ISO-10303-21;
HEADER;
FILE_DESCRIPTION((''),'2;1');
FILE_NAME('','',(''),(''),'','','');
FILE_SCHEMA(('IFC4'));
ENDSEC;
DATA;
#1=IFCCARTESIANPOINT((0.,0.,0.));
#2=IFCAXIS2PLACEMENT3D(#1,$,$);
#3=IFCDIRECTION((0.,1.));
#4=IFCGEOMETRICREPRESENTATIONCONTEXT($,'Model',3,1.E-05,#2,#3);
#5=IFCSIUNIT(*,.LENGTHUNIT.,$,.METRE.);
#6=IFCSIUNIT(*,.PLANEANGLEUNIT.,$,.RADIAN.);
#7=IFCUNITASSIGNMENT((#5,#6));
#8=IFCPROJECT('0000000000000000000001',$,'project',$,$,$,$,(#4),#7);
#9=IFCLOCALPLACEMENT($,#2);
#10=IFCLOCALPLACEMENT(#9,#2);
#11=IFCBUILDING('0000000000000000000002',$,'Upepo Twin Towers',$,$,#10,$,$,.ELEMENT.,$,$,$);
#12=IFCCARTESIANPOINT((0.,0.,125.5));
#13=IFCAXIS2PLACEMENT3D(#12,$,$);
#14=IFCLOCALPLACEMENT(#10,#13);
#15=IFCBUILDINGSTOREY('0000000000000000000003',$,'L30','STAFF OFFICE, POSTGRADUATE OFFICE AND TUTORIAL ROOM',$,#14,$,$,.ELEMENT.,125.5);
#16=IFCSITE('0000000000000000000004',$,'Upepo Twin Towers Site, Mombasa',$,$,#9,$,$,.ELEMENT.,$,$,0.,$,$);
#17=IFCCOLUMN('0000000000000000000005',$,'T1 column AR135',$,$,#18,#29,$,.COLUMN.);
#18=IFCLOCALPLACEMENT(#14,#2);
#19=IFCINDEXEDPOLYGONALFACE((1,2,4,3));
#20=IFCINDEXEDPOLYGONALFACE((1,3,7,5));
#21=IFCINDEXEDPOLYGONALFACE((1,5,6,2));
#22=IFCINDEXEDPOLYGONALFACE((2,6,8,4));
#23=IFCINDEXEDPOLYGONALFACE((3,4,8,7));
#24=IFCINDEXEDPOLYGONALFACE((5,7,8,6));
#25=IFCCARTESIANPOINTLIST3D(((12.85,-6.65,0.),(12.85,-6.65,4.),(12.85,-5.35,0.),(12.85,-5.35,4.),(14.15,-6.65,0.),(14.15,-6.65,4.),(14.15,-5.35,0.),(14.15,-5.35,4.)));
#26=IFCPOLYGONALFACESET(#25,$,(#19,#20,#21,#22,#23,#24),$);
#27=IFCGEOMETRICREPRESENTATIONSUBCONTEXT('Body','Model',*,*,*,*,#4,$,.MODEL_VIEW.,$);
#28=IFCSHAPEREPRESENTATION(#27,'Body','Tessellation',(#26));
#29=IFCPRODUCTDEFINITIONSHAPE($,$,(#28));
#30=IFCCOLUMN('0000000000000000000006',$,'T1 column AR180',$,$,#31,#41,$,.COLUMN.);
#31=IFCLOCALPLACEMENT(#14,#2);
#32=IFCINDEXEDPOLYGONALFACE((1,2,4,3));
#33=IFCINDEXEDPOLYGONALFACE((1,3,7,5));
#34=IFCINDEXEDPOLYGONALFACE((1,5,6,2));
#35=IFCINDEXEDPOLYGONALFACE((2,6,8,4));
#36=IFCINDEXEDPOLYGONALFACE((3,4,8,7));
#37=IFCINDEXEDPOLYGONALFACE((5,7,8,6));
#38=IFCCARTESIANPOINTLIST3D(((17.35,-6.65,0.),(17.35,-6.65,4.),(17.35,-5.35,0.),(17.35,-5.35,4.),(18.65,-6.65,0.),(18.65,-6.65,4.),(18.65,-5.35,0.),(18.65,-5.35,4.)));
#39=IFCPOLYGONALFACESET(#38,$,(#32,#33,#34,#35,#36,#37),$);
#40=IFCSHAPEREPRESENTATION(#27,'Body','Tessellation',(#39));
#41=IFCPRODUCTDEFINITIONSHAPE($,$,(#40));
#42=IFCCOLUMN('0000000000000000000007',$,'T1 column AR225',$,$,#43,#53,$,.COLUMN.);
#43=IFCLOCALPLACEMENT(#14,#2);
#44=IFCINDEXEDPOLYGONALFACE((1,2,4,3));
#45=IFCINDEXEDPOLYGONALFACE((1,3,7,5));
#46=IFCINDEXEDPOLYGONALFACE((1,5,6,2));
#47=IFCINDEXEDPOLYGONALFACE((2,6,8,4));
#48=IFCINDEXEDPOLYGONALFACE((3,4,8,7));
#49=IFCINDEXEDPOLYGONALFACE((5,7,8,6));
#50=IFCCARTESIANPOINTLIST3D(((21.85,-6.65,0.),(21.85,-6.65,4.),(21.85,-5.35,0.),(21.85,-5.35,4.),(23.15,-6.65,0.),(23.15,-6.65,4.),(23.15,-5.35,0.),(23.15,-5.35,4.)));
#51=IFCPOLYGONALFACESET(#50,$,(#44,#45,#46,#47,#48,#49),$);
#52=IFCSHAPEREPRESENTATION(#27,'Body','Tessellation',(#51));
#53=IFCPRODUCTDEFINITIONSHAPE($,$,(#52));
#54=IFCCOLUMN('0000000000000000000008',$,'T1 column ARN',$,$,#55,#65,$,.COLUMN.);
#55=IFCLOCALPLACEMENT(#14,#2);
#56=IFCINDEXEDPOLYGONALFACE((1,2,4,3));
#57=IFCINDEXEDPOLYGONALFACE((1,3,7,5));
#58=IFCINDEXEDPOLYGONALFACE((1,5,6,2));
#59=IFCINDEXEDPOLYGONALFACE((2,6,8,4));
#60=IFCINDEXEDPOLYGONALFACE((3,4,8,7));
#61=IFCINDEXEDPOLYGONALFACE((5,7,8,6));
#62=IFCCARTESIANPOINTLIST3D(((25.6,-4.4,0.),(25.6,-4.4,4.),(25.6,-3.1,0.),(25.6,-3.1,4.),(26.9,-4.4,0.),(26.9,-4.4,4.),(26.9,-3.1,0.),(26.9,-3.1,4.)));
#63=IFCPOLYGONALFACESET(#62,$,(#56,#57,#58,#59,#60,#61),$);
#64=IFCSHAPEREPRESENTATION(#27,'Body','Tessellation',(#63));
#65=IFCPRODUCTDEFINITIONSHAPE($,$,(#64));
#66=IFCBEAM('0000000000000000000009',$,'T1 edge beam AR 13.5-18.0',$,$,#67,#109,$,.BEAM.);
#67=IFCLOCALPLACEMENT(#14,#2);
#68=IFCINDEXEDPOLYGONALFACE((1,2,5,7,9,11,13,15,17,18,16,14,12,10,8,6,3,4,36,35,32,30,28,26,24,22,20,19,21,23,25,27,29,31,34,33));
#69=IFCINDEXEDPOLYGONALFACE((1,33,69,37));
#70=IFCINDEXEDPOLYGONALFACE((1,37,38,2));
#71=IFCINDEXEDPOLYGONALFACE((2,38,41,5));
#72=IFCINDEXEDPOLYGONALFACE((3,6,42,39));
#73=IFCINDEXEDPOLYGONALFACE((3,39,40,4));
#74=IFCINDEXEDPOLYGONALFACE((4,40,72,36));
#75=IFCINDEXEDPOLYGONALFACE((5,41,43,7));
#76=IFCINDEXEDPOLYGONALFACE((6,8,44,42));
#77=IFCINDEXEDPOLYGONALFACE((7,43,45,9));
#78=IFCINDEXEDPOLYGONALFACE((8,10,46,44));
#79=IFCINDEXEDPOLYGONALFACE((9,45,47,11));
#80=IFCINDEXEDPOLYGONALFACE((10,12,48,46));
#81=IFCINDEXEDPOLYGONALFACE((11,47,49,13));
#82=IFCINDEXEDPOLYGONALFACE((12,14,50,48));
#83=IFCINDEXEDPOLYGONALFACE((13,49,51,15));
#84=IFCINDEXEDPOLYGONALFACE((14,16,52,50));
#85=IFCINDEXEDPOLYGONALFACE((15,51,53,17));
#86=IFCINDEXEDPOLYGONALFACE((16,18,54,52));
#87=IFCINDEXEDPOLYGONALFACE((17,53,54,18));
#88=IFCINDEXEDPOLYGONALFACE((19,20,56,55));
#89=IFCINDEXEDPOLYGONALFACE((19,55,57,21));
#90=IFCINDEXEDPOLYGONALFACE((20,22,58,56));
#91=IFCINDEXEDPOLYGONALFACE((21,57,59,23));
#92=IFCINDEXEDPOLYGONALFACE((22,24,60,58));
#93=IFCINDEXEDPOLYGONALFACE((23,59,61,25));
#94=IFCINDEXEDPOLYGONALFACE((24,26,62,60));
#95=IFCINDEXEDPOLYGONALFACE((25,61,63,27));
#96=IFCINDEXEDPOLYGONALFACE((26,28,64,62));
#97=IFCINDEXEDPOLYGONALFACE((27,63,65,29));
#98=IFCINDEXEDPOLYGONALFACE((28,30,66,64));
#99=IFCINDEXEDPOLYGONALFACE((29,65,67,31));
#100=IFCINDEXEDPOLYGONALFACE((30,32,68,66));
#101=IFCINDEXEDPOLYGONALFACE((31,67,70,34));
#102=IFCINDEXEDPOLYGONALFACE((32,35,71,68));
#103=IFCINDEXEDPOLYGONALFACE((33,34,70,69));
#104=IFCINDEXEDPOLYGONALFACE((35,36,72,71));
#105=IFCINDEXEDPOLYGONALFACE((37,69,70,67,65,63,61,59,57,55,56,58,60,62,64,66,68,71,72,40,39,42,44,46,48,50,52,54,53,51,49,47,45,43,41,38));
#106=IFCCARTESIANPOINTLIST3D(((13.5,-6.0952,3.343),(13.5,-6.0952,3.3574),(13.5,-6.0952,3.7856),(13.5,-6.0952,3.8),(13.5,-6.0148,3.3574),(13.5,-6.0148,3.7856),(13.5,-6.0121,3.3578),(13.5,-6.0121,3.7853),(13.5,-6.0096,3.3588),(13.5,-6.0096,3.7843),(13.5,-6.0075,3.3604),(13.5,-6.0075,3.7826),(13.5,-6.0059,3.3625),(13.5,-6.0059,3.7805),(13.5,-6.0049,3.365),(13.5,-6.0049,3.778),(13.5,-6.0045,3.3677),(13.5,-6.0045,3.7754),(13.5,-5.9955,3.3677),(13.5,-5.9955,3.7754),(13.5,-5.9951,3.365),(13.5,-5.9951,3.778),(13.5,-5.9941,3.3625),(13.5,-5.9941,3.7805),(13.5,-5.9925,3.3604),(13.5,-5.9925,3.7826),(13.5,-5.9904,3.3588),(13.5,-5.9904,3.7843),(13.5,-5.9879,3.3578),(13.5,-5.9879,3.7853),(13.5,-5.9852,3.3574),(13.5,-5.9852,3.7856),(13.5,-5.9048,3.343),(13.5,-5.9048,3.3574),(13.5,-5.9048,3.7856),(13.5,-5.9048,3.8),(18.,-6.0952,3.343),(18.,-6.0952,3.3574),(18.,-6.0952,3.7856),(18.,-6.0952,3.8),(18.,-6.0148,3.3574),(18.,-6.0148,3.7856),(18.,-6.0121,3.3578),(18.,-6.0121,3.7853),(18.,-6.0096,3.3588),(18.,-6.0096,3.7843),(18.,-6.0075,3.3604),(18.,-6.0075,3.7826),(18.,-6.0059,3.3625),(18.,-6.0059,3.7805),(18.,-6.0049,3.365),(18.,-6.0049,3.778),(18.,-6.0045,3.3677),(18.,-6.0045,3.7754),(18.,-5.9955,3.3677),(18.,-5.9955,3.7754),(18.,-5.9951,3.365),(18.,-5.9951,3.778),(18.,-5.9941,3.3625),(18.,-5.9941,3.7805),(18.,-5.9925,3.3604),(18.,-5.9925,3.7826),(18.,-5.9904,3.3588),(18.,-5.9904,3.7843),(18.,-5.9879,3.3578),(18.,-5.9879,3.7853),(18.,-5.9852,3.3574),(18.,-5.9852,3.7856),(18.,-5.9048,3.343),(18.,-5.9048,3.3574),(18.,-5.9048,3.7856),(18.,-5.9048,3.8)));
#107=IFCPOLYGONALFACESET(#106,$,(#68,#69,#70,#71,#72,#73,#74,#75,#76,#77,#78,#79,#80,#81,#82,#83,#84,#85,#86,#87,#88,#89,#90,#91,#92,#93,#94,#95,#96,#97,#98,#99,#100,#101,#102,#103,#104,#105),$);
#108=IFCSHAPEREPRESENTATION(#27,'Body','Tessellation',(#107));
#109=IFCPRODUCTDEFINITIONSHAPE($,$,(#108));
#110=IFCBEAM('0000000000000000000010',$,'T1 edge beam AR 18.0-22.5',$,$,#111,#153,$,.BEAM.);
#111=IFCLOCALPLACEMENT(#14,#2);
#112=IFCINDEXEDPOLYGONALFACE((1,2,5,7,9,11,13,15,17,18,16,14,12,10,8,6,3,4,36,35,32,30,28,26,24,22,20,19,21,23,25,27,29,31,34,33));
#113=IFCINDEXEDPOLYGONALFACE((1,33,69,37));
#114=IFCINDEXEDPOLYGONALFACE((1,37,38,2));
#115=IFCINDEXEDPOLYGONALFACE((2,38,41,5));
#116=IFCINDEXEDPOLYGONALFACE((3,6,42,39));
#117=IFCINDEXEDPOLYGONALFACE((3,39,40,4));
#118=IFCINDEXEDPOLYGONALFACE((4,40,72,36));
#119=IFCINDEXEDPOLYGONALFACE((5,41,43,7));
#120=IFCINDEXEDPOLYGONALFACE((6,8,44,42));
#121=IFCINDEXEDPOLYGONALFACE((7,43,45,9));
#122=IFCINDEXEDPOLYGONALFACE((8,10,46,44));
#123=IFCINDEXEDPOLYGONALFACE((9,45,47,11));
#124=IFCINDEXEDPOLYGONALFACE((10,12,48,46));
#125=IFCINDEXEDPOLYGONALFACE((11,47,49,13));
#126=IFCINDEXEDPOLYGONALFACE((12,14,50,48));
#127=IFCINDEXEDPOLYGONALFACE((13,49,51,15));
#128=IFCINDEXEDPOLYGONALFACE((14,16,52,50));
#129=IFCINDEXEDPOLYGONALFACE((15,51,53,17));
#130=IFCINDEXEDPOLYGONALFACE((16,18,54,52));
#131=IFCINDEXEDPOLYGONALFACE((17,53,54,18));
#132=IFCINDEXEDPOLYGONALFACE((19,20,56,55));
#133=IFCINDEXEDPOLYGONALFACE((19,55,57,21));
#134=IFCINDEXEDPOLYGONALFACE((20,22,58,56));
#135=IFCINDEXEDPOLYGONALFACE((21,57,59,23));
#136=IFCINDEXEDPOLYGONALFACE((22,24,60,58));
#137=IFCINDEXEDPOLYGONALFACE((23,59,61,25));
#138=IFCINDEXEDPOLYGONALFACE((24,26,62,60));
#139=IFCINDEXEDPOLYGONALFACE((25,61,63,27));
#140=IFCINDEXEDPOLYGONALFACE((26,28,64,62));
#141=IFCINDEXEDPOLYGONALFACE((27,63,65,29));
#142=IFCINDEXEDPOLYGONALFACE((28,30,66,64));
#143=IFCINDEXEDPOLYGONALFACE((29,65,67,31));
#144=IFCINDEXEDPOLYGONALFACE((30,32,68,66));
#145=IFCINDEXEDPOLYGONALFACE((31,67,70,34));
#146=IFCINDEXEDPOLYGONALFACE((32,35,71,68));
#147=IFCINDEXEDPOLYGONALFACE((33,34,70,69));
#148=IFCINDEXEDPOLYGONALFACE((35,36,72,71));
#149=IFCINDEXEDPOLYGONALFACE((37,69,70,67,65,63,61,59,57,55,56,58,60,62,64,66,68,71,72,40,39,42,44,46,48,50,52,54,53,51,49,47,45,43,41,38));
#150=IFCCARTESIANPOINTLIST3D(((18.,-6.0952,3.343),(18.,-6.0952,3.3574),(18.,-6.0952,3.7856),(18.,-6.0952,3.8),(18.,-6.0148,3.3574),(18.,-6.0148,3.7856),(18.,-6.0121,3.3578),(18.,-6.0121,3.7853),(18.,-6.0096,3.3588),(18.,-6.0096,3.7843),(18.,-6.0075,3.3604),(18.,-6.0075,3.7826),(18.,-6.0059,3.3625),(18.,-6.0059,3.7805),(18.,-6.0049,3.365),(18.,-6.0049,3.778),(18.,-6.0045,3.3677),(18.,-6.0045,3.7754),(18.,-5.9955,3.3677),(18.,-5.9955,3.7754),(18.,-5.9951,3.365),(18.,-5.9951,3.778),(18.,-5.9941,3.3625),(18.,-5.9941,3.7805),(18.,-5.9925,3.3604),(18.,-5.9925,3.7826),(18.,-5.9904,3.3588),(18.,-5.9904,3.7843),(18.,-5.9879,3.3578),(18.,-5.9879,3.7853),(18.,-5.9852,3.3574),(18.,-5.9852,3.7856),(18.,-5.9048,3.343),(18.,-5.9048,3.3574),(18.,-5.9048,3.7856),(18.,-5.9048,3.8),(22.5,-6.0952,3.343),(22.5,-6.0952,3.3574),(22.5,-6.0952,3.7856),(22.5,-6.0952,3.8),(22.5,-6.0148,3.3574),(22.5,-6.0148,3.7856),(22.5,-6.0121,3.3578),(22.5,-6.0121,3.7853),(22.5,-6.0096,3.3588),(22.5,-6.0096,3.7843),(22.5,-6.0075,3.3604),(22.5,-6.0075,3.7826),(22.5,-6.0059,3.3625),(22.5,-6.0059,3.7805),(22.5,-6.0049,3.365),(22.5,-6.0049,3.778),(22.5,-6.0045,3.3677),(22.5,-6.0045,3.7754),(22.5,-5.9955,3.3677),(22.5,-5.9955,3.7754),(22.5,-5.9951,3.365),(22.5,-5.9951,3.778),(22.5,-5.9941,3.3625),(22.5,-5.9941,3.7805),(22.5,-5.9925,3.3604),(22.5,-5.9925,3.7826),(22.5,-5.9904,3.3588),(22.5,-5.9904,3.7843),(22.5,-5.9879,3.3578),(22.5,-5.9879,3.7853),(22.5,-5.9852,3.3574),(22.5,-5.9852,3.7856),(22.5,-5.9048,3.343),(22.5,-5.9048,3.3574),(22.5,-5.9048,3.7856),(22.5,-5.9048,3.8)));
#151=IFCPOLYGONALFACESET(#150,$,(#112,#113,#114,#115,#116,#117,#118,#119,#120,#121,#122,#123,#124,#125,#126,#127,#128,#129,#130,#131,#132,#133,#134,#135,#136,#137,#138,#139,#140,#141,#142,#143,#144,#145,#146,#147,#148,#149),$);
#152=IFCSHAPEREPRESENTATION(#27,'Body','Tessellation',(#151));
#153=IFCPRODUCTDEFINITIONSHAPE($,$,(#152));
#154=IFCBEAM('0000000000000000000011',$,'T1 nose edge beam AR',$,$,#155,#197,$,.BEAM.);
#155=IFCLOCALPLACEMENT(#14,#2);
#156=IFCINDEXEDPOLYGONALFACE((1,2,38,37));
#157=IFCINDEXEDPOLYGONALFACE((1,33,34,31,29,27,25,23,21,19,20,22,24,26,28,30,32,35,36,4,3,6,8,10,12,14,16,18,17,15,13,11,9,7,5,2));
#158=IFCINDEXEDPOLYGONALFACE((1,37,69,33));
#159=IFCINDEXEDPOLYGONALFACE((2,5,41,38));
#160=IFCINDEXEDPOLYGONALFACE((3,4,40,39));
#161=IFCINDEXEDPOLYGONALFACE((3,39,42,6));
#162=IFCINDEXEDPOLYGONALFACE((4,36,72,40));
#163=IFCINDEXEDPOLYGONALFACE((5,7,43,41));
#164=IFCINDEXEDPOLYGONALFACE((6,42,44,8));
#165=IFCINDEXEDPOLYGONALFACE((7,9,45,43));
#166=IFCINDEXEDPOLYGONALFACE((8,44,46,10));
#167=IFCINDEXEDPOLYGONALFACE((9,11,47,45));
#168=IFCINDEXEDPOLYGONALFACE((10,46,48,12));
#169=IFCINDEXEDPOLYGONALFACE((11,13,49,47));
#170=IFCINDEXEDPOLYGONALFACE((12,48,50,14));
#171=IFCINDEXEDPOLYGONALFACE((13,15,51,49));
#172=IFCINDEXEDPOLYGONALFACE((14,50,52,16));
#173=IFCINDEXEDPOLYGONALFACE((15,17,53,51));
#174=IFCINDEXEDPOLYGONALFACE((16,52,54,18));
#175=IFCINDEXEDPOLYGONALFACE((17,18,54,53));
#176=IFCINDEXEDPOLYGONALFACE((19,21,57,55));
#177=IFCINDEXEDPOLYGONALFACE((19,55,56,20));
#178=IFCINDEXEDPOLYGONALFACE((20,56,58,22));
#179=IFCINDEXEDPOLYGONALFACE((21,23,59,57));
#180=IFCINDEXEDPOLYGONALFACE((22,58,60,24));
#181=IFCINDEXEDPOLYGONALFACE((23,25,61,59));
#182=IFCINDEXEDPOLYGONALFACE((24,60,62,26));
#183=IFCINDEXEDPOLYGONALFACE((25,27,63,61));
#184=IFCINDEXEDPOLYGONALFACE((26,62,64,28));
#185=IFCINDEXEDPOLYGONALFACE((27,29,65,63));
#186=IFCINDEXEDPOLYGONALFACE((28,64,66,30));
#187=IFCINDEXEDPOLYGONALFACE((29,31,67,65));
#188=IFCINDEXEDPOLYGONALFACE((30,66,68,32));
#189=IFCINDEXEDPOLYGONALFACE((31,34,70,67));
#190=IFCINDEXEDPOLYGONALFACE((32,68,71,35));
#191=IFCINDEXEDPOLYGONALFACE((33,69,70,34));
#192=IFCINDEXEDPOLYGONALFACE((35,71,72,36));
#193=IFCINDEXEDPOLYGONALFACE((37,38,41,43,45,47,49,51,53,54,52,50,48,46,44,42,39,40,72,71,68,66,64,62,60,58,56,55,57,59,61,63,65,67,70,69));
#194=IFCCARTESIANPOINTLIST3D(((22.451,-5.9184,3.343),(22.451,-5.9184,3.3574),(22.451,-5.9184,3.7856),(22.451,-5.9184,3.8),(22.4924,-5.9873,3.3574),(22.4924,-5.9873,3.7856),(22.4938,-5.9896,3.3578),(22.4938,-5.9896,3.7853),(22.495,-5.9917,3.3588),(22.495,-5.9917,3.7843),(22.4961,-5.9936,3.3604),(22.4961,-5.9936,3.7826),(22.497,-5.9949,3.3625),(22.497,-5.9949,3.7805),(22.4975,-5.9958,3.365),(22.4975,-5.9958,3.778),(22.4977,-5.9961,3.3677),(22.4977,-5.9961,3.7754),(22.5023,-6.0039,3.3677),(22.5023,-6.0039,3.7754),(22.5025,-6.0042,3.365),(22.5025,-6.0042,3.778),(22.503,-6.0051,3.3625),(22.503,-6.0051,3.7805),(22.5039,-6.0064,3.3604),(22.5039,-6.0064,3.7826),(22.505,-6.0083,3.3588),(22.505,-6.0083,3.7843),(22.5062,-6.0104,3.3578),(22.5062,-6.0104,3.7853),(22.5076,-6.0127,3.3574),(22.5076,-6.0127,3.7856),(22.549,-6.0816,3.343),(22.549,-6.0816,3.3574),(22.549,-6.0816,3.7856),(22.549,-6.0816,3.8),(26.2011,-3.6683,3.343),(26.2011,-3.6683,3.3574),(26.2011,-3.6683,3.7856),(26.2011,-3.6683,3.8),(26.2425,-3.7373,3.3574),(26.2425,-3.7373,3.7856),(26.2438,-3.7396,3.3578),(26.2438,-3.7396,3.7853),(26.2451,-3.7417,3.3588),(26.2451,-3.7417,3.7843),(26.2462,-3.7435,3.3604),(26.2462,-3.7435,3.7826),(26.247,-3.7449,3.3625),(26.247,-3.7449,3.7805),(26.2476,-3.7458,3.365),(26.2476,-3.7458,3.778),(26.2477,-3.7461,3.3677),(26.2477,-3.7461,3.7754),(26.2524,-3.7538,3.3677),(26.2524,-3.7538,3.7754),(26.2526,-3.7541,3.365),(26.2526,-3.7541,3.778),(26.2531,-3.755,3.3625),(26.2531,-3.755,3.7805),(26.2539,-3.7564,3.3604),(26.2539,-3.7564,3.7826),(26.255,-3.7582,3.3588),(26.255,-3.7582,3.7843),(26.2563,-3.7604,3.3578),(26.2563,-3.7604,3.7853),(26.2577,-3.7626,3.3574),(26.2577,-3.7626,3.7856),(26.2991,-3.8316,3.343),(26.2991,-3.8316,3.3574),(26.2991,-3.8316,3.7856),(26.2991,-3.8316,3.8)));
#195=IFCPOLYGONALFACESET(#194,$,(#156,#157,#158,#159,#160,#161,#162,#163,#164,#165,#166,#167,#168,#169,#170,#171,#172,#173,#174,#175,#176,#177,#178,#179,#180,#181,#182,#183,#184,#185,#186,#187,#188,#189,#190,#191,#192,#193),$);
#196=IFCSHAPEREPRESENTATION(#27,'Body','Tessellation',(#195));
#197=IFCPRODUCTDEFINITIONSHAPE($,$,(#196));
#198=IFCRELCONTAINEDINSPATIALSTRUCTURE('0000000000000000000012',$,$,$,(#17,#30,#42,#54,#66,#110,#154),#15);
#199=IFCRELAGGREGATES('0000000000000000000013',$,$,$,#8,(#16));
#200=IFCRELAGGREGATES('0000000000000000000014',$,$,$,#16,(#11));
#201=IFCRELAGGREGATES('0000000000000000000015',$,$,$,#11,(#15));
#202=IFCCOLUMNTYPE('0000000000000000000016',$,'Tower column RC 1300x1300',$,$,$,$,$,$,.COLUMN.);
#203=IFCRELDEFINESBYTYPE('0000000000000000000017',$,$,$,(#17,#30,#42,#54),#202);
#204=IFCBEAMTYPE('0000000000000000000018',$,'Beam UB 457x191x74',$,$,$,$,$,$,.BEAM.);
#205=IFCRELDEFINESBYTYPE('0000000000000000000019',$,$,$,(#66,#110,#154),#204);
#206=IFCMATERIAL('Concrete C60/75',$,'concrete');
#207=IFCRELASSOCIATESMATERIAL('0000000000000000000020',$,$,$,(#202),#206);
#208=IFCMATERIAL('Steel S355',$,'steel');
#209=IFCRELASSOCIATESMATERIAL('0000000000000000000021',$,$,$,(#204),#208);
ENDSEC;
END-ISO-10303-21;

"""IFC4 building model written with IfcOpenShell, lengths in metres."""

from ifc_helpers import new_model, si_unit, direction, frame, origin, origin_2d, place, context, subcontext, project, spatial, rectangle, i_section, extrude, material, material_profile, profile_set, type_object, element, save


model = new_model("IFC4")

# Units and contexts
model_context = context("Model", 3, precision=1e-05, world=origin(), true_north=direction((0.0, 1.0)))
body_context = subcontext(model_context, "Body", "Model", "MODEL_VIEW")
ifc_project = project(units=[si_unit("LENGTHUNIT", "METRE"), si_unit("PLANEANGLEUNIT", "RADIAN")], contexts=[model_context])

# Site, building, storey
site_placement = place(None, origin())
site = spatial("IfcSite", under=ifc_project, at=site_placement, Name="Upepo Twin Towers Site, Mombasa", CompositionType="ELEMENT", RefElevation=0.0)
building_placement = place(site_placement, origin())
building = spatial("IfcBuilding", under=site, at=building_placement, Name="Upepo Twin Towers", CompositionType="ELEMENT")
storey_placement = place(building_placement, frame((0.0, 0.0, 125.5)))
storey = spatial("IfcBuildingStorey", under=building, at=storey_placement, Name="L30", Description="STAFF OFFICE, POSTGRADUATE OFFICE AND TUTORIAL ROOM", CompositionType="ELEMENT", Elevation=125.5)

# Columns
ifc_material_1 = material(Name="Concrete C60/75", Category="concrete")
ifc_material_profile_1 = material_profile(ifc_material_1, rectangle(XDim=1.3, YDim=1.3, at=origin_2d()), Name="RC 1300x1300")
ifc_profile_set_1 = profile_set([ifc_material_profile_1], Name="Concrete C60/75")
column_type = type_object("IfcColumnType", Name="Tower column RC 1300x1300", PredefinedType="COLUMN", material=ifc_profile_set_1)
for number, where, z_axis, x_axis, name in (
    (1, (13.5, -6.0, 0.0), (0.0, 0.0, 1.0), (1.0, 0.0, 0.0), "T1 column AR135"),
    (2, (18.0, -6.0, 0.0), (0.0, 0.0, 1.0), (1.0, 0.0, 0.0), "T1 column AR180"),
    (3, (22.5, -6.0, 0.0), (0.0, 0.0, 1.0), (1.0, 0.0, 0.0), "T1 column AR225"),
    (4, (26.25, -3.75, 0.0), (0.0, 0.0, 1.0), (1.0, 0.0, 0.0), "T1 column ARN"),
):
    element("IfcColumn", number, at=place(storey_placement, frame(where, z_axis=z_axis, x_axis=x_axis)), inside=storey, type_object=column_type, Name=name, PredefinedType="COLUMN", context=body_context, shape_type="SweptSolid", body=[
        extrude(rectangle(XDim=1.3, YDim=1.3, at=origin_2d()), origin(), (0.0, 0.0, 1.0), 4.0),
    ])

# Beams
ifc_material_2 = material(Name="Steel S355", Category="steel")
ifc_material_profile_2 = material_profile(ifc_material_2, i_section(OverallWidth=0.1904, OverallDepth=0.457, WebThickness=0.009, FlangeThickness=0.0144, FilletRadius=0.0103, at=origin_2d()), Name="UB 457x191x74")
ifc_profile_set_2 = profile_set([ifc_material_profile_2], Name="Steel S355")
beam_type_1 = type_object("IfcBeamType", Name="Beam UB 457x191x74", PredefinedType="BEAM", material=ifc_profile_set_2)
for number, where, z_axis, x_axis, name in (
    (5, (13.5, -6.0, 3.5715), (1.0, 0.0, 0.0), (0.0, 1.0, 0.0), "T1 edge beam AR 13.5-18.0"),
    (6, (18.0, -6.0, 3.5715), (1.0, 0.0, 0.0), (0.0, 1.0, 0.0), "T1 edge beam AR 18.0-22.5"),
):
    element("IfcBeam", number, at=place(storey_placement, frame(where, z_axis=z_axis, x_axis=x_axis)), inside=storey, type_object=beam_type_1, Name=name, PredefinedType="BEAM", context=body_context, shape_type="SweptSolid", body=[
        extrude(i_section(OverallWidth=0.1904, OverallDepth=0.457, WebThickness=0.009, FlangeThickness=0.0144, FilletRadius=0.0103, at=origin_2d()), origin(), (0.0, 0.0, 1.0), 4.5),
    ])
beam_1_placement = place(storey_placement, frame((22.5, -6.0, 3.5715), z_axis=(0.857493, 0.514496, 0.0), x_axis=(-0.514496, 0.857493, 0.0)))
element("IfcBeam", 7, at=beam_1_placement, inside=storey, type_object=beam_type_1, Name="T1 nose edge beam AR", PredefinedType="BEAM", context=body_context, shape_type="SweptSolid", body=[
    extrude(i_section(OverallWidth=0.1904, OverallDepth=0.457, WebThickness=0.009, FlangeThickness=0.0144, FilletRadius=0.0103, at=origin_2d()), origin(), (0.0, 0.0, 1.0), 4.3733),
])

save(model, "model.ifc")
